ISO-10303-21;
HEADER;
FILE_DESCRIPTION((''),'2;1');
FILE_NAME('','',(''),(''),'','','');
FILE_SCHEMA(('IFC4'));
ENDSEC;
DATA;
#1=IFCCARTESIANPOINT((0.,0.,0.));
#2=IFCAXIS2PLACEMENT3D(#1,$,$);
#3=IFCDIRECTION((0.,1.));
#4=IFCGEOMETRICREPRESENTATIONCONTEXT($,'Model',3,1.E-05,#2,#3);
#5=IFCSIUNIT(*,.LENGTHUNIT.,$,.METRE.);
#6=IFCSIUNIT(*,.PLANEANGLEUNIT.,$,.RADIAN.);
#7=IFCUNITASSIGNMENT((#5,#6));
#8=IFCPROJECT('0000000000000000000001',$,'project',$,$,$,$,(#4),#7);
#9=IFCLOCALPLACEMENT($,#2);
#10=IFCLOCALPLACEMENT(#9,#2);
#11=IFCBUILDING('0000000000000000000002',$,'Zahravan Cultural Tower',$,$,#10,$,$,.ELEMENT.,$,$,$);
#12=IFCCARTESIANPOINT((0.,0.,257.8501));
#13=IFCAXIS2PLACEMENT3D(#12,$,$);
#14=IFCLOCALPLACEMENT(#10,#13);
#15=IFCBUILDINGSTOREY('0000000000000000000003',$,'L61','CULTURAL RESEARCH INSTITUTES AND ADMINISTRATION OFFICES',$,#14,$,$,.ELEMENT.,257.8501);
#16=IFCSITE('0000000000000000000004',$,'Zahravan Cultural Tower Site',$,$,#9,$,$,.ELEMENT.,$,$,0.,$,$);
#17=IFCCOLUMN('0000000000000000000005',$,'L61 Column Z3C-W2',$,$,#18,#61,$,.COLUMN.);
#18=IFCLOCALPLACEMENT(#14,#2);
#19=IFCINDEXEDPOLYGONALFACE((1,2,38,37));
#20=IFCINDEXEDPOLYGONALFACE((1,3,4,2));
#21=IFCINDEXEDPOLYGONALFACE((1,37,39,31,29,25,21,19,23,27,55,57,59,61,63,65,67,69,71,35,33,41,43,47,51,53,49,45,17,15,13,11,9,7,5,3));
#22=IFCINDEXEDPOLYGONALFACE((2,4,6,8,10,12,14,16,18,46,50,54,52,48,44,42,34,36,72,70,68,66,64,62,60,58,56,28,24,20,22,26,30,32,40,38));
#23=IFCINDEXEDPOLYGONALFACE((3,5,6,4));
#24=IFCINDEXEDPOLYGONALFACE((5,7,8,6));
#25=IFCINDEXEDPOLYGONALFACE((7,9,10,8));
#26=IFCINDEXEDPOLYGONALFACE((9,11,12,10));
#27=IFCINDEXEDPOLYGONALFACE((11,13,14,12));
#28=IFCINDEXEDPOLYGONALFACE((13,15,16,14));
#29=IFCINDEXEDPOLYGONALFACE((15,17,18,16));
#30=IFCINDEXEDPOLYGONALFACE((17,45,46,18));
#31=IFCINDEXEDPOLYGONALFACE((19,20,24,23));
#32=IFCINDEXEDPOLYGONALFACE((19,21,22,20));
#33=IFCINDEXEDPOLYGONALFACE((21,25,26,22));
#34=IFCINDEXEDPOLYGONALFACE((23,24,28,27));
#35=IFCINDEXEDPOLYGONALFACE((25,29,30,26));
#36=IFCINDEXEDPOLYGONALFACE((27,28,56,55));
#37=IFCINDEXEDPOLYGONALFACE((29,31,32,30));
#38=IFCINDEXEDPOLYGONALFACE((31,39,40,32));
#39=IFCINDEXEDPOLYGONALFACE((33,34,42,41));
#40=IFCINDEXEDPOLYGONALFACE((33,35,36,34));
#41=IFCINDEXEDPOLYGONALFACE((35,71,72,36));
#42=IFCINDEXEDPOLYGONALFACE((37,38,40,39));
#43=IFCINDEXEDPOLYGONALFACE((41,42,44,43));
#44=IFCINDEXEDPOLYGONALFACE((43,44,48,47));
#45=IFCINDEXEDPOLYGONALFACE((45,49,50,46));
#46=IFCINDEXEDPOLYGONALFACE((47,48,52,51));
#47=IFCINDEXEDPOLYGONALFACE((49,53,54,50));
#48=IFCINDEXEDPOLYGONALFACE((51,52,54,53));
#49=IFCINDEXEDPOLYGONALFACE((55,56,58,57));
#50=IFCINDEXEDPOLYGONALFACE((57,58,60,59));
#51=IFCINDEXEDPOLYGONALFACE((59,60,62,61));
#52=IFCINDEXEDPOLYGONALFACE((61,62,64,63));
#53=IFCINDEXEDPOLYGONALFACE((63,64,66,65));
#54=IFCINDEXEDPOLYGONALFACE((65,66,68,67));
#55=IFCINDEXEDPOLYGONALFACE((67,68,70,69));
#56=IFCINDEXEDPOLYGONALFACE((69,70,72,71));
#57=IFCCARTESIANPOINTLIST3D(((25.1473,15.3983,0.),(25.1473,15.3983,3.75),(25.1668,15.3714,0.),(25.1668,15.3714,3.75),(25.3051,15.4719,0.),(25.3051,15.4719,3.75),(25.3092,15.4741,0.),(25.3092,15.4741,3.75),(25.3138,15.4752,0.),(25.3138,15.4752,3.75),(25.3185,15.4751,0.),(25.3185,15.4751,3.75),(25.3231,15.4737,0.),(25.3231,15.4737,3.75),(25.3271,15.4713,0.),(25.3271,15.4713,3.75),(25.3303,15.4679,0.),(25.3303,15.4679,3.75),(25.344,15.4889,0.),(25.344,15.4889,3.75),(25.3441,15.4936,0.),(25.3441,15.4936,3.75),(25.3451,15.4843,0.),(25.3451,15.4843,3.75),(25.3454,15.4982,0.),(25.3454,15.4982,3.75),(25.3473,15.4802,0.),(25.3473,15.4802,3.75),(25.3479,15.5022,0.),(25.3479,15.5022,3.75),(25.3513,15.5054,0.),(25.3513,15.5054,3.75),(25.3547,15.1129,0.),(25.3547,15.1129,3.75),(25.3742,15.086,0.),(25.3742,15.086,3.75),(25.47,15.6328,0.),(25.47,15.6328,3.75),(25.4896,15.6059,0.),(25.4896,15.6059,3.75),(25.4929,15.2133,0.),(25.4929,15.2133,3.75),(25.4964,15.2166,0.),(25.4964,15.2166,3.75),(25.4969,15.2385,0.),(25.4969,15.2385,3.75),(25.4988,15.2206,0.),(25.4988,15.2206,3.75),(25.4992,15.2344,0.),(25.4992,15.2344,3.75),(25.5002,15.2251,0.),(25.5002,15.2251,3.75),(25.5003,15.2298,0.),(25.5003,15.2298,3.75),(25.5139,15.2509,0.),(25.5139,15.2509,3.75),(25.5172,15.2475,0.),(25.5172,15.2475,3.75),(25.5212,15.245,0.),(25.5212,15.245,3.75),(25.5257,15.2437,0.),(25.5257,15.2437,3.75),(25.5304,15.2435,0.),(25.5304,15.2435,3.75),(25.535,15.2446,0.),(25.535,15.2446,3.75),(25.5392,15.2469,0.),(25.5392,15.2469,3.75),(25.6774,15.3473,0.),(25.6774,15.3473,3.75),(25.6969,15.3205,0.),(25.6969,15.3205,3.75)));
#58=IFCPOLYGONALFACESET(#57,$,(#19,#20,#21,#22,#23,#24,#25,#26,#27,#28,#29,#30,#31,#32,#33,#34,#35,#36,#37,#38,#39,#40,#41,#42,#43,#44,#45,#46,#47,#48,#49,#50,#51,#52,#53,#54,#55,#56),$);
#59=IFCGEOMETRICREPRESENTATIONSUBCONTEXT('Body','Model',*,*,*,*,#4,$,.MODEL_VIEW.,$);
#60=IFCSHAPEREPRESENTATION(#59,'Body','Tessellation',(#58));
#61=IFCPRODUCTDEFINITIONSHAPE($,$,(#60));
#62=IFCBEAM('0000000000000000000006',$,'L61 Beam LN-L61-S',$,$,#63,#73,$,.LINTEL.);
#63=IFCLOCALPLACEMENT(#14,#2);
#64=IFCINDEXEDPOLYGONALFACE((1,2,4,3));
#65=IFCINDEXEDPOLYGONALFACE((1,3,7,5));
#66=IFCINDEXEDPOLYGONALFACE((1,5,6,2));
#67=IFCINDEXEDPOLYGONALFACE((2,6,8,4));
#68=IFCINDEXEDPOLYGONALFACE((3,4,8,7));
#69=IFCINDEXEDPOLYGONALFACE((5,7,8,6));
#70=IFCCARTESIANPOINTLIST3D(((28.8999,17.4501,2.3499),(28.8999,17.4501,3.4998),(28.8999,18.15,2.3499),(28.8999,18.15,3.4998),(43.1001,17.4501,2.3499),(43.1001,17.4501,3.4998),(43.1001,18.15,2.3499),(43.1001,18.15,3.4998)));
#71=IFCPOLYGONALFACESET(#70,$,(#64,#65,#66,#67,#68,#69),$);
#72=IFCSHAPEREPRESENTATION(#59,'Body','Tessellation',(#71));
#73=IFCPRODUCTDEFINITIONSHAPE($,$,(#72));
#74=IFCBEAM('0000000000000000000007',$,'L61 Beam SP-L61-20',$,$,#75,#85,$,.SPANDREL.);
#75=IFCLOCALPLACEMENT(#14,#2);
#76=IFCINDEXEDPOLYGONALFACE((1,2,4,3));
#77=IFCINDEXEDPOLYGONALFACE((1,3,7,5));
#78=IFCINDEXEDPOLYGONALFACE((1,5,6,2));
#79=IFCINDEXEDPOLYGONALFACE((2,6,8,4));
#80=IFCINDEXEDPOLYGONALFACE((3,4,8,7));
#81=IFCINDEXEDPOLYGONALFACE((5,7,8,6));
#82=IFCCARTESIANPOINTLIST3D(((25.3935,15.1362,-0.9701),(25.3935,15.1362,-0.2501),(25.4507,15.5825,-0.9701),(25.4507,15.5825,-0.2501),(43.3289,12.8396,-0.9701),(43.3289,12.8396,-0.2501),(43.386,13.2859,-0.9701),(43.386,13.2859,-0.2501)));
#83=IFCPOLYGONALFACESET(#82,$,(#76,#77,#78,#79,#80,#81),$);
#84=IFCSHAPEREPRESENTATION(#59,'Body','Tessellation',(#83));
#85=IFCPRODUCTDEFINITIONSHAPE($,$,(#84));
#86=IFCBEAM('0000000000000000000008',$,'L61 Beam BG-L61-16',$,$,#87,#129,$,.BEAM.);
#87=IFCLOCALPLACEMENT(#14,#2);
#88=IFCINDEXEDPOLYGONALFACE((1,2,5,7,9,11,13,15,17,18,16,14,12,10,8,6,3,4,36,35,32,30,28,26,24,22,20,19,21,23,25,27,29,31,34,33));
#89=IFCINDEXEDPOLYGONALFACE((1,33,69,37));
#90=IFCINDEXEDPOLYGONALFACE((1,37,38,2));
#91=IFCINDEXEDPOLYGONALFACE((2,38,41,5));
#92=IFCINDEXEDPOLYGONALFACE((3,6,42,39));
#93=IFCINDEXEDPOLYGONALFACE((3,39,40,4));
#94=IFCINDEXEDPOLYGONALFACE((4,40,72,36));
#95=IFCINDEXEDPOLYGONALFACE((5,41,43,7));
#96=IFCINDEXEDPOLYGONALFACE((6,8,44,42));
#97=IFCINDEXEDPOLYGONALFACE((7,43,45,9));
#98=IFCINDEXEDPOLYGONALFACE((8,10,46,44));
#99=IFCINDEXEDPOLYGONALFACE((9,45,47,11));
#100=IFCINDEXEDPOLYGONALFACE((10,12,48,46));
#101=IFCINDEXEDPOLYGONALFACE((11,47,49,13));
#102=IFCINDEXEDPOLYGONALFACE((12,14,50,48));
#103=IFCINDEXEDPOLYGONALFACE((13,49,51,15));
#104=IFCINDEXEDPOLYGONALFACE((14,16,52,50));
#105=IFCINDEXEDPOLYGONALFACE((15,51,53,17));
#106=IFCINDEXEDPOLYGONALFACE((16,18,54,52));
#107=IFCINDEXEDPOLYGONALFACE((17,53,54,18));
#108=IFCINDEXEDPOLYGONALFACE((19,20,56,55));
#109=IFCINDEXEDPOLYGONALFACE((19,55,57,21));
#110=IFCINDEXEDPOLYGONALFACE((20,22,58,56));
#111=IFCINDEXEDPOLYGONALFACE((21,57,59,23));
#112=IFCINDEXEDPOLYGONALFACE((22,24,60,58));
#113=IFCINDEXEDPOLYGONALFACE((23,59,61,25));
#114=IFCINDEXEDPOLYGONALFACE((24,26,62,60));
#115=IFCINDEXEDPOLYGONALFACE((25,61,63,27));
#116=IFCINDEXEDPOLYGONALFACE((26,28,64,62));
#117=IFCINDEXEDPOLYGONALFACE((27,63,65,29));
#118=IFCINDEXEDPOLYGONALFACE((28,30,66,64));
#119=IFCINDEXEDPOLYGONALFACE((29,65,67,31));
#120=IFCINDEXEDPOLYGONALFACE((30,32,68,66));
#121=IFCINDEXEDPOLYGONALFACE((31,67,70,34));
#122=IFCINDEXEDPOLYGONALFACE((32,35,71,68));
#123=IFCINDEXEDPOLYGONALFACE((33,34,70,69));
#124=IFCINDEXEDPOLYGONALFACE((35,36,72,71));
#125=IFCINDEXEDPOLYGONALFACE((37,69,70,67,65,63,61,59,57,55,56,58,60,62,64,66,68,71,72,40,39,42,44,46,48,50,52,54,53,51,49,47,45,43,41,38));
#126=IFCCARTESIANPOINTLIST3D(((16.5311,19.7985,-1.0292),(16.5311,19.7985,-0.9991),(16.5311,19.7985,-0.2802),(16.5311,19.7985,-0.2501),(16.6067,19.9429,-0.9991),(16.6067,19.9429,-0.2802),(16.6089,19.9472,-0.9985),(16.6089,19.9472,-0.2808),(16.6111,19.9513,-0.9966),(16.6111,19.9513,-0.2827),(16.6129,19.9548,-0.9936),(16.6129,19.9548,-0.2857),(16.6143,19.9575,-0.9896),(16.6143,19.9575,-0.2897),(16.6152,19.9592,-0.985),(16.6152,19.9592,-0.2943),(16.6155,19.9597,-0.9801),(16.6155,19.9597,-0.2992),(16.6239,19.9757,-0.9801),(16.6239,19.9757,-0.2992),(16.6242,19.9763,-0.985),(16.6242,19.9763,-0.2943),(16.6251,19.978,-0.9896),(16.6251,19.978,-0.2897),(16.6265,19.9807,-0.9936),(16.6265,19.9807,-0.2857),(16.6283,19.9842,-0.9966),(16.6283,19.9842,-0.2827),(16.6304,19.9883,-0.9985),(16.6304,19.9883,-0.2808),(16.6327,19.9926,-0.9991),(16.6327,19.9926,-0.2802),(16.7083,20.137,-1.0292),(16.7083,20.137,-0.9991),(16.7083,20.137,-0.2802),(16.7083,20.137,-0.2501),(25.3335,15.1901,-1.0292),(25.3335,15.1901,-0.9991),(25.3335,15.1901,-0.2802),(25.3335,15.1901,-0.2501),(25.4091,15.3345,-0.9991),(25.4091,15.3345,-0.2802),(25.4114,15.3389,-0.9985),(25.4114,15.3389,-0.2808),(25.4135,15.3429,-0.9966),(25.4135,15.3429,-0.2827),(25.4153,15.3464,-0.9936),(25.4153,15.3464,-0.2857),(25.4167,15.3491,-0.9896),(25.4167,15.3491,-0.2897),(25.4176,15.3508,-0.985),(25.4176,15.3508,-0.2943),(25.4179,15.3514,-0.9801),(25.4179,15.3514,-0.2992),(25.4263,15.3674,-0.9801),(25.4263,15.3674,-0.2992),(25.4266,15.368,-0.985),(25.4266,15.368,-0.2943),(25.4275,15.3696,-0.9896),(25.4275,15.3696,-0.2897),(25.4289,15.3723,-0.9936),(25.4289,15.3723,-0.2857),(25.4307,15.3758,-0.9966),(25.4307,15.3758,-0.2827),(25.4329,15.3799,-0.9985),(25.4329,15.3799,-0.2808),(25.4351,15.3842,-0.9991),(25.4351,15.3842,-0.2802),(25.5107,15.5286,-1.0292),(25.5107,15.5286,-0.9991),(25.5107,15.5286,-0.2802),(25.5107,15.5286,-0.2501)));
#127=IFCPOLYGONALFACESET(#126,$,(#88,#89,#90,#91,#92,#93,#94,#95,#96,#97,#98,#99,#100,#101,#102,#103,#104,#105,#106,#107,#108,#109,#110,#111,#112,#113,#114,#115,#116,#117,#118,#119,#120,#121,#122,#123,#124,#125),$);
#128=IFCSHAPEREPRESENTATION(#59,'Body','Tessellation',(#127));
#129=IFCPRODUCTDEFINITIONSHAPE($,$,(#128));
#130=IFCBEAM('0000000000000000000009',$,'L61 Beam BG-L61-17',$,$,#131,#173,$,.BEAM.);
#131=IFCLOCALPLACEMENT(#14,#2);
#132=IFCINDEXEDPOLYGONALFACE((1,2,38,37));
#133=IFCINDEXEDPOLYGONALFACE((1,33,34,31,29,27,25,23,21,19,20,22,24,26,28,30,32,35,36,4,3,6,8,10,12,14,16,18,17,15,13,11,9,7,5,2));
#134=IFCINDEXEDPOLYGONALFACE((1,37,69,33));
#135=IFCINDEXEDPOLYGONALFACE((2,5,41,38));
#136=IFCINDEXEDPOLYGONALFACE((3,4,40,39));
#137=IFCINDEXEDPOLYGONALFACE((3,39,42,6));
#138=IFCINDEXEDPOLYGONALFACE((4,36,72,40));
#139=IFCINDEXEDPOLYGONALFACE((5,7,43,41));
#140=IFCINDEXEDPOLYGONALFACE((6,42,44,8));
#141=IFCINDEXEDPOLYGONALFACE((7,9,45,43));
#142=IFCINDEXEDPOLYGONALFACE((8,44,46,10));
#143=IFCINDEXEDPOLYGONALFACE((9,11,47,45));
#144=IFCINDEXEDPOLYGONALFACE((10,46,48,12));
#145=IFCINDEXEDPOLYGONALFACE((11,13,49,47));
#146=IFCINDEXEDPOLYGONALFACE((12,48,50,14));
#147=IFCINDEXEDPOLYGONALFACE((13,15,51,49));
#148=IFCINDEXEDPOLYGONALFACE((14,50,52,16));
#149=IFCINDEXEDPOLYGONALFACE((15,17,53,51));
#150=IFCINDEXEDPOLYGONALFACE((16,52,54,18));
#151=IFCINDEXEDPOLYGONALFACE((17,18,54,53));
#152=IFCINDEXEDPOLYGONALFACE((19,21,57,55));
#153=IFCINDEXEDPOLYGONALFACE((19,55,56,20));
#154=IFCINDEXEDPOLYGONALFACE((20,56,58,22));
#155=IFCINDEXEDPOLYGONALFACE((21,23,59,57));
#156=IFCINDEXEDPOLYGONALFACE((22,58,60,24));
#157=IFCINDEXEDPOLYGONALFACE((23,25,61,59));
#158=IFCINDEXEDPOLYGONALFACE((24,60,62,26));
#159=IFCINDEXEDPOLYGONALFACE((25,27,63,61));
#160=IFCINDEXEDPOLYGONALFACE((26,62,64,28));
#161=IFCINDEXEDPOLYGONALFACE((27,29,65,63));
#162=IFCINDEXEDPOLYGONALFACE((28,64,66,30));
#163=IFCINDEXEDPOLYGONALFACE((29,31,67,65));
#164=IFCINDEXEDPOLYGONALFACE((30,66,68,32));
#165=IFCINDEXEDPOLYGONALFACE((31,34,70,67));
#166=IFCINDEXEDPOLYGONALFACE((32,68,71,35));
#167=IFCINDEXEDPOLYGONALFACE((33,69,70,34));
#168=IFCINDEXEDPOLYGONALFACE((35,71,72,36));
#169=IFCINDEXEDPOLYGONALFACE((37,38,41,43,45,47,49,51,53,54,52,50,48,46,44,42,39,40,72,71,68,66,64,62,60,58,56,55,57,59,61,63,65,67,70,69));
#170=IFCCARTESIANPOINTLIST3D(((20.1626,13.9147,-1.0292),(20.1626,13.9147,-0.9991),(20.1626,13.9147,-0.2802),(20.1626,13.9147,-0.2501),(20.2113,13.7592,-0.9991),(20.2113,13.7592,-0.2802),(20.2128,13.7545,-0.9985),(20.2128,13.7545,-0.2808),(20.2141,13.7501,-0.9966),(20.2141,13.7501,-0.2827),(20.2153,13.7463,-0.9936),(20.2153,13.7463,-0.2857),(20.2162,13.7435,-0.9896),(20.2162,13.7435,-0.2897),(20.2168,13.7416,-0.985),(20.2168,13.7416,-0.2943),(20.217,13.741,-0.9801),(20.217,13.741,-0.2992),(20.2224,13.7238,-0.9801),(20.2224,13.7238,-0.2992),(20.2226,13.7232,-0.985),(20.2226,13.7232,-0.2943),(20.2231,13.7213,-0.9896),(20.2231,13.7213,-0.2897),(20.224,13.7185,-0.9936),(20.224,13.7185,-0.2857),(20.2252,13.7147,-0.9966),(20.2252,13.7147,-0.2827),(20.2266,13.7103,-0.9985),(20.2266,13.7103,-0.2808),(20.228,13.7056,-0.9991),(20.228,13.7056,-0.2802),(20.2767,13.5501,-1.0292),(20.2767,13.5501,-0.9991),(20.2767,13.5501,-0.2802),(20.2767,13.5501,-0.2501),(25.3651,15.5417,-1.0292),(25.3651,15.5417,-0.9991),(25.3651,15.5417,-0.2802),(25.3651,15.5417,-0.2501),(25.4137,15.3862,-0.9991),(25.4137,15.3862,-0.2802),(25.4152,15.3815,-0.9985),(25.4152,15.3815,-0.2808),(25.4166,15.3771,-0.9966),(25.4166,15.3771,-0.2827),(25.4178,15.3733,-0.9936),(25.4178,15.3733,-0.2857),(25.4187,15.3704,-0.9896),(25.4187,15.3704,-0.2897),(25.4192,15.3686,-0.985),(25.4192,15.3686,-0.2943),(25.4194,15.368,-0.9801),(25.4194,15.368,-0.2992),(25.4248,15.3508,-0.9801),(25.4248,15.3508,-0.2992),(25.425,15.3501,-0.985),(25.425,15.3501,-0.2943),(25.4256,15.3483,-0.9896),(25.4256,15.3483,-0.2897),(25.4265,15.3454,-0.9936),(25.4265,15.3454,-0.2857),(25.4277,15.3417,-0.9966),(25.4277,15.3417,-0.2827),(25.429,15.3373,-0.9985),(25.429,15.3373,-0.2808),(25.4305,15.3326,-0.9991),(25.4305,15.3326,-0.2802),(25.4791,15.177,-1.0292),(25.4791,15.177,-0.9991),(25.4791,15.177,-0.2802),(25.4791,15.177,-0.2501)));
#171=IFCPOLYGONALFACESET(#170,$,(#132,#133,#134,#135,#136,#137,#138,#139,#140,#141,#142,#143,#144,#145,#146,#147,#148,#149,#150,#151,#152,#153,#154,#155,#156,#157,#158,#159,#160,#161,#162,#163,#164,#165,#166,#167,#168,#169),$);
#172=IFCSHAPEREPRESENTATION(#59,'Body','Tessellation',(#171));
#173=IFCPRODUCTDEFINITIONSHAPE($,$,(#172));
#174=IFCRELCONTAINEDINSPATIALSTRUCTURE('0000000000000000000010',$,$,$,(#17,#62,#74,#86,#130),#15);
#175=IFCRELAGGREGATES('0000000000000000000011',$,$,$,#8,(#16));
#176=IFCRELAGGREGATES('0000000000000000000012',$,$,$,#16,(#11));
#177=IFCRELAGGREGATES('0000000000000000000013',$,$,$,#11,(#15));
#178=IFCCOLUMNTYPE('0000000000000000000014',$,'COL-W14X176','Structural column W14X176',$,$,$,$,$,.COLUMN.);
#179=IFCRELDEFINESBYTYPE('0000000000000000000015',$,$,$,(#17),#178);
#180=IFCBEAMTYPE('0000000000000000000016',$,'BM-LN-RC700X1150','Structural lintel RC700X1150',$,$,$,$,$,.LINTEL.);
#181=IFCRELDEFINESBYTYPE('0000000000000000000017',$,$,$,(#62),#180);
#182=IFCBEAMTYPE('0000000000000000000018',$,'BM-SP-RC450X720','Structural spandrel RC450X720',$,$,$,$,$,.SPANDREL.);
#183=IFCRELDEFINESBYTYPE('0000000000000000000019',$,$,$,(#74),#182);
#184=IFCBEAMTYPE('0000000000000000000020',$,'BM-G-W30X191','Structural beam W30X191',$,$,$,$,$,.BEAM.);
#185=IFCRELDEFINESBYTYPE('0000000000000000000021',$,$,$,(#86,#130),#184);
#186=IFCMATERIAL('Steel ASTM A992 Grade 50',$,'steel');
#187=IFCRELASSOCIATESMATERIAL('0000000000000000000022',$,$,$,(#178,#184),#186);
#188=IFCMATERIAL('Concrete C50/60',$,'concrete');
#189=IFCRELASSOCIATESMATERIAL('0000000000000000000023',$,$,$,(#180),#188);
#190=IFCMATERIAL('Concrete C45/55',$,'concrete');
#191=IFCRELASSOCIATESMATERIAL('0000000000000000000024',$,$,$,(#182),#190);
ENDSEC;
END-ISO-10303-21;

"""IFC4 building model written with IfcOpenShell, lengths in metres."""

from ifc_helpers import new_model, si_unit, direction, frame, origin, origin_2d, place, context, subcontext, project, spatial, rectangle, i_section, extrude, source, transform, mapped, material, material_profile, profile_set, type_object, element, save


model = new_model("IFC4")

# Units and contexts
model_context = context("Model", 3, precision=1e-05, world=origin(), true_north=direction((0.0, 1.0)))
body_context = subcontext(model_context, "Body", "Model", "MODEL_VIEW")
ifc_project = project(units=[si_unit("LENGTHUNIT", "METRE"), si_unit("PLANEANGLEUNIT", "RADIAN")], contexts=[model_context])

# Site, building, storey
site_placement = place(None, origin())
site = spatial("IfcSite", under=ifc_project, at=site_placement, Name="Zahravan Cultural Tower Site", CompositionType="ELEMENT", RefElevation=0.0)
building_placement = place(site_placement, origin())
building = spatial("IfcBuilding", under=site, at=building_placement, Name="Zahravan Cultural Tower", CompositionType="ELEMENT")
storey_placement = place(building_placement, frame((0.0, 0.0, 257.8501)))
storey = spatial("IfcBuildingStorey", under=building, at=storey_placement, Name="L61", Description="CULTURAL RESEARCH INSTITUTES AND ADMINISTRATION OFFICES", CompositionType="ELEMENT", Elevation=257.8501)

# Column
ifc_material_1 = material(Name="Steel ASTM A992 Grade 50", Category="steel")
ifc_material_profile_1 = material_profile(ifc_material_1, i_section(OverallWidth=0.3989, OverallDepth=0.386, WebThickness=0.021, FlangeThickness=0.0332, FilletRadius=0.0181, at=origin_2d()), Name="W14X176")
ifc_profile_set_1 = profile_set([ifc_material_profile_1], Name="Steel ASTM A992 Grade 50")
column_type = type_object("IfcColumnType", Name="COL-W14X176", Description="Structural column W14X176", PredefinedType="COLUMN", material=ifc_profile_set_1)
shared_shape_1 = source(origin(), body_context, "Body", "SweptSolid", [
    extrude(i_section(OverallWidth=0.3989, OverallDepth=0.386, WebThickness=0.021, FlangeThickness=0.0332, FilletRadius=0.0181, at=origin_2d()), origin(), (0.0, 0.0, 1.0), 3.75),
])
column_placement = place(storey_placement, frame((25.4221, 15.3594, 0.0), z_axis=(0.0, 0.0, 1.0), x_axis=(0.809017, 0.587785, 0.0)))
element("IfcColumn", 1, at=column_placement, inside=storey, type_object=column_type, Name="L61 Column Z3C-W2", PredefinedType="COLUMN", context=body_context, shape_type="MappedRepresentation", body=[
    mapped(shared_shape_1, transform((0.0, 0.0, 0.0), x_axis=(1.0, 0.0, 0.0), y_axis=(0.0, 1.0, 0.0), z_axis=(0.0, 0.0, 1.0), scale=1.0)),
])

# Beams
ifc_material_2 = material(Name="Concrete C50/60", Category="concrete")
ifc_material_profile_2 = material_profile(ifc_material_2, rectangle(XDim=0.7, YDim=1.1499, at=origin_2d()), Name="RC700X1150")
ifc_profile_set_2 = profile_set([ifc_material_profile_2], Name="Concrete C50/60")
beam_type_1 = type_object("IfcBeamType", Name="BM-LN-RC700X1150", Description="Structural lintel RC700X1150", PredefinedType="LINTEL", material=ifc_profile_set_2)
shared_shape_2 = source(origin(), body_context, "Body", "SweptSolid", [
    extrude(rectangle(XDim=0.7, YDim=1.1499, at=origin_2d()), origin(), (0.0, 0.0, 1.0), 14.2002),
])
beam_1_placement = place(storey_placement, frame((28.8999, 17.8, 2.9248), z_axis=(1.0, 0.0, 0.0), x_axis=(0.0, 1.0, 0.0)))
element("IfcBeam", 2, at=beam_1_placement, inside=storey, type_object=beam_type_1, Name="L61 Beam LN-L61-S", PredefinedType="LINTEL", context=body_context, shape_type="MappedRepresentation", body=[
    mapped(shared_shape_2, transform((0.0, 0.0, 0.0), x_axis=(1.0, 0.0, 0.0), y_axis=(0.0, 1.0, 0.0), z_axis=(0.0, 0.0, 1.0), scale=1.0)),
])
ifc_material_3 = material(Name="Concrete C45/55", Category="concrete")
ifc_material_profile_3 = material_profile(ifc_material_3, rectangle(XDim=0.45, YDim=0.72, at=origin_2d()), Name="RC450X720")
ifc_profile_set_3 = profile_set([ifc_material_profile_3], Name="Concrete C45/55")
beam_type_2 = type_object("IfcBeamType", Name="BM-SP-RC450X720", Description="Structural spandrel RC450X720", PredefinedType="SPANDREL", material=ifc_profile_set_3)
shared_shape_3 = source(origin(), body_context, "Body", "SweptSolid", [
    extrude(rectangle(XDim=0.45, YDim=0.72, at=origin_2d()), origin(), (0.0, 0.0, 1.0), 18.0818),
])
beam_2_placement = place(storey_placement, frame((25.4221, 15.3594, -0.6101), z_axis=(0.991901, -0.127014, 0.0), x_axis=(0.127014, 0.991901, 0.0)))
element("IfcBeam", 3, at=beam_2_placement, inside=storey, type_object=beam_type_2, Name="L61 Beam SP-L61-20", PredefinedType="SPANDREL", context=body_context, shape_type="MappedRepresentation", body=[
    mapped(shared_shape_3, transform((0.0, 0.0, 0.0), x_axis=(1.0, 0.0, 0.0), y_axis=(0.0, 1.0, 0.0), z_axis=(0.0, 0.0, 1.0), scale=1.0)),
])
ifc_material_profile_4 = material_profile(ifc_material_1, i_section(OverallWidth=0.3821, OverallDepth=0.7791, WebThickness=0.0181, FlangeThickness=0.03, FilletRadius=0.019, at=origin_2d()), Name="W30X191")
ifc_profile_set_4 = profile_set([ifc_material_profile_4], Name="Steel ASTM A992 Grade 50")
beam_type_3 = type_object("IfcBeamType", Name="BM-G-W30X191", Description="Structural beam W30X191", PredefinedType="BEAM", material=ifc_profile_set_4)
shared_shape_4 = source(origin(), body_context, "Body", "SweptSolid", [
    extrude(i_section(OverallWidth=0.3821, OverallDepth=0.7791, WebThickness=0.0181, FlangeThickness=0.03, FilletRadius=0.019, at=origin_2d()), origin(), (0.0, 0.0, 1.0), 9.9358),
])
beam_3_placement = place(storey_placement, frame((25.4221, 15.3594, -0.6396), z_axis=(-0.885932, 0.463815, 0.0), x_axis=(-0.463815, -0.885932, 0.0)))
element("IfcBeam", 4, at=beam_3_placement, inside=storey, type_object=beam_type_3, Name="L61 Beam BG-L61-16", PredefinedType="BEAM", context=body_context, shape_type="MappedRepresentation", body=[
    mapped(shared_shape_4, transform((0.0, 0.0, 0.0), x_axis=(1.0, 0.0, 0.0), y_axis=(0.0, 1.0, 0.0), z_axis=(0.0, 0.0, 1.0), scale=1.0)),
])
shared_shape_5 = source(origin(), body_context, "Body", "SweptSolid", [
    extrude(i_section(OverallWidth=0.3821, OverallDepth=0.7791, WebThickness=0.0181, FlangeThickness=0.03, FilletRadius=0.019, at=origin_2d()), origin(), (0.0, 0.0, 1.0), 5.4509),
])
beam_4_placement = place(storey_placement, frame((25.4221, 15.3594, -0.6396), z_axis=(-0.954417, -0.298476, 0.0), x_axis=(0.298476, -0.954417, 0.0)))
element("IfcBeam", 5, at=beam_4_placement, inside=storey, type_object=beam_type_3, Name="L61 Beam BG-L61-17", PredefinedType="BEAM", context=body_context, shape_type="MappedRepresentation", body=[
    mapped(shared_shape_5, transform((0.0, 0.0, 0.0), x_axis=(1.0, 0.0, 0.0), y_axis=(0.0, 1.0, 0.0), z_axis=(0.0, 0.0, 1.0), scale=1.0)),
])

save(model, "model.ifc")
